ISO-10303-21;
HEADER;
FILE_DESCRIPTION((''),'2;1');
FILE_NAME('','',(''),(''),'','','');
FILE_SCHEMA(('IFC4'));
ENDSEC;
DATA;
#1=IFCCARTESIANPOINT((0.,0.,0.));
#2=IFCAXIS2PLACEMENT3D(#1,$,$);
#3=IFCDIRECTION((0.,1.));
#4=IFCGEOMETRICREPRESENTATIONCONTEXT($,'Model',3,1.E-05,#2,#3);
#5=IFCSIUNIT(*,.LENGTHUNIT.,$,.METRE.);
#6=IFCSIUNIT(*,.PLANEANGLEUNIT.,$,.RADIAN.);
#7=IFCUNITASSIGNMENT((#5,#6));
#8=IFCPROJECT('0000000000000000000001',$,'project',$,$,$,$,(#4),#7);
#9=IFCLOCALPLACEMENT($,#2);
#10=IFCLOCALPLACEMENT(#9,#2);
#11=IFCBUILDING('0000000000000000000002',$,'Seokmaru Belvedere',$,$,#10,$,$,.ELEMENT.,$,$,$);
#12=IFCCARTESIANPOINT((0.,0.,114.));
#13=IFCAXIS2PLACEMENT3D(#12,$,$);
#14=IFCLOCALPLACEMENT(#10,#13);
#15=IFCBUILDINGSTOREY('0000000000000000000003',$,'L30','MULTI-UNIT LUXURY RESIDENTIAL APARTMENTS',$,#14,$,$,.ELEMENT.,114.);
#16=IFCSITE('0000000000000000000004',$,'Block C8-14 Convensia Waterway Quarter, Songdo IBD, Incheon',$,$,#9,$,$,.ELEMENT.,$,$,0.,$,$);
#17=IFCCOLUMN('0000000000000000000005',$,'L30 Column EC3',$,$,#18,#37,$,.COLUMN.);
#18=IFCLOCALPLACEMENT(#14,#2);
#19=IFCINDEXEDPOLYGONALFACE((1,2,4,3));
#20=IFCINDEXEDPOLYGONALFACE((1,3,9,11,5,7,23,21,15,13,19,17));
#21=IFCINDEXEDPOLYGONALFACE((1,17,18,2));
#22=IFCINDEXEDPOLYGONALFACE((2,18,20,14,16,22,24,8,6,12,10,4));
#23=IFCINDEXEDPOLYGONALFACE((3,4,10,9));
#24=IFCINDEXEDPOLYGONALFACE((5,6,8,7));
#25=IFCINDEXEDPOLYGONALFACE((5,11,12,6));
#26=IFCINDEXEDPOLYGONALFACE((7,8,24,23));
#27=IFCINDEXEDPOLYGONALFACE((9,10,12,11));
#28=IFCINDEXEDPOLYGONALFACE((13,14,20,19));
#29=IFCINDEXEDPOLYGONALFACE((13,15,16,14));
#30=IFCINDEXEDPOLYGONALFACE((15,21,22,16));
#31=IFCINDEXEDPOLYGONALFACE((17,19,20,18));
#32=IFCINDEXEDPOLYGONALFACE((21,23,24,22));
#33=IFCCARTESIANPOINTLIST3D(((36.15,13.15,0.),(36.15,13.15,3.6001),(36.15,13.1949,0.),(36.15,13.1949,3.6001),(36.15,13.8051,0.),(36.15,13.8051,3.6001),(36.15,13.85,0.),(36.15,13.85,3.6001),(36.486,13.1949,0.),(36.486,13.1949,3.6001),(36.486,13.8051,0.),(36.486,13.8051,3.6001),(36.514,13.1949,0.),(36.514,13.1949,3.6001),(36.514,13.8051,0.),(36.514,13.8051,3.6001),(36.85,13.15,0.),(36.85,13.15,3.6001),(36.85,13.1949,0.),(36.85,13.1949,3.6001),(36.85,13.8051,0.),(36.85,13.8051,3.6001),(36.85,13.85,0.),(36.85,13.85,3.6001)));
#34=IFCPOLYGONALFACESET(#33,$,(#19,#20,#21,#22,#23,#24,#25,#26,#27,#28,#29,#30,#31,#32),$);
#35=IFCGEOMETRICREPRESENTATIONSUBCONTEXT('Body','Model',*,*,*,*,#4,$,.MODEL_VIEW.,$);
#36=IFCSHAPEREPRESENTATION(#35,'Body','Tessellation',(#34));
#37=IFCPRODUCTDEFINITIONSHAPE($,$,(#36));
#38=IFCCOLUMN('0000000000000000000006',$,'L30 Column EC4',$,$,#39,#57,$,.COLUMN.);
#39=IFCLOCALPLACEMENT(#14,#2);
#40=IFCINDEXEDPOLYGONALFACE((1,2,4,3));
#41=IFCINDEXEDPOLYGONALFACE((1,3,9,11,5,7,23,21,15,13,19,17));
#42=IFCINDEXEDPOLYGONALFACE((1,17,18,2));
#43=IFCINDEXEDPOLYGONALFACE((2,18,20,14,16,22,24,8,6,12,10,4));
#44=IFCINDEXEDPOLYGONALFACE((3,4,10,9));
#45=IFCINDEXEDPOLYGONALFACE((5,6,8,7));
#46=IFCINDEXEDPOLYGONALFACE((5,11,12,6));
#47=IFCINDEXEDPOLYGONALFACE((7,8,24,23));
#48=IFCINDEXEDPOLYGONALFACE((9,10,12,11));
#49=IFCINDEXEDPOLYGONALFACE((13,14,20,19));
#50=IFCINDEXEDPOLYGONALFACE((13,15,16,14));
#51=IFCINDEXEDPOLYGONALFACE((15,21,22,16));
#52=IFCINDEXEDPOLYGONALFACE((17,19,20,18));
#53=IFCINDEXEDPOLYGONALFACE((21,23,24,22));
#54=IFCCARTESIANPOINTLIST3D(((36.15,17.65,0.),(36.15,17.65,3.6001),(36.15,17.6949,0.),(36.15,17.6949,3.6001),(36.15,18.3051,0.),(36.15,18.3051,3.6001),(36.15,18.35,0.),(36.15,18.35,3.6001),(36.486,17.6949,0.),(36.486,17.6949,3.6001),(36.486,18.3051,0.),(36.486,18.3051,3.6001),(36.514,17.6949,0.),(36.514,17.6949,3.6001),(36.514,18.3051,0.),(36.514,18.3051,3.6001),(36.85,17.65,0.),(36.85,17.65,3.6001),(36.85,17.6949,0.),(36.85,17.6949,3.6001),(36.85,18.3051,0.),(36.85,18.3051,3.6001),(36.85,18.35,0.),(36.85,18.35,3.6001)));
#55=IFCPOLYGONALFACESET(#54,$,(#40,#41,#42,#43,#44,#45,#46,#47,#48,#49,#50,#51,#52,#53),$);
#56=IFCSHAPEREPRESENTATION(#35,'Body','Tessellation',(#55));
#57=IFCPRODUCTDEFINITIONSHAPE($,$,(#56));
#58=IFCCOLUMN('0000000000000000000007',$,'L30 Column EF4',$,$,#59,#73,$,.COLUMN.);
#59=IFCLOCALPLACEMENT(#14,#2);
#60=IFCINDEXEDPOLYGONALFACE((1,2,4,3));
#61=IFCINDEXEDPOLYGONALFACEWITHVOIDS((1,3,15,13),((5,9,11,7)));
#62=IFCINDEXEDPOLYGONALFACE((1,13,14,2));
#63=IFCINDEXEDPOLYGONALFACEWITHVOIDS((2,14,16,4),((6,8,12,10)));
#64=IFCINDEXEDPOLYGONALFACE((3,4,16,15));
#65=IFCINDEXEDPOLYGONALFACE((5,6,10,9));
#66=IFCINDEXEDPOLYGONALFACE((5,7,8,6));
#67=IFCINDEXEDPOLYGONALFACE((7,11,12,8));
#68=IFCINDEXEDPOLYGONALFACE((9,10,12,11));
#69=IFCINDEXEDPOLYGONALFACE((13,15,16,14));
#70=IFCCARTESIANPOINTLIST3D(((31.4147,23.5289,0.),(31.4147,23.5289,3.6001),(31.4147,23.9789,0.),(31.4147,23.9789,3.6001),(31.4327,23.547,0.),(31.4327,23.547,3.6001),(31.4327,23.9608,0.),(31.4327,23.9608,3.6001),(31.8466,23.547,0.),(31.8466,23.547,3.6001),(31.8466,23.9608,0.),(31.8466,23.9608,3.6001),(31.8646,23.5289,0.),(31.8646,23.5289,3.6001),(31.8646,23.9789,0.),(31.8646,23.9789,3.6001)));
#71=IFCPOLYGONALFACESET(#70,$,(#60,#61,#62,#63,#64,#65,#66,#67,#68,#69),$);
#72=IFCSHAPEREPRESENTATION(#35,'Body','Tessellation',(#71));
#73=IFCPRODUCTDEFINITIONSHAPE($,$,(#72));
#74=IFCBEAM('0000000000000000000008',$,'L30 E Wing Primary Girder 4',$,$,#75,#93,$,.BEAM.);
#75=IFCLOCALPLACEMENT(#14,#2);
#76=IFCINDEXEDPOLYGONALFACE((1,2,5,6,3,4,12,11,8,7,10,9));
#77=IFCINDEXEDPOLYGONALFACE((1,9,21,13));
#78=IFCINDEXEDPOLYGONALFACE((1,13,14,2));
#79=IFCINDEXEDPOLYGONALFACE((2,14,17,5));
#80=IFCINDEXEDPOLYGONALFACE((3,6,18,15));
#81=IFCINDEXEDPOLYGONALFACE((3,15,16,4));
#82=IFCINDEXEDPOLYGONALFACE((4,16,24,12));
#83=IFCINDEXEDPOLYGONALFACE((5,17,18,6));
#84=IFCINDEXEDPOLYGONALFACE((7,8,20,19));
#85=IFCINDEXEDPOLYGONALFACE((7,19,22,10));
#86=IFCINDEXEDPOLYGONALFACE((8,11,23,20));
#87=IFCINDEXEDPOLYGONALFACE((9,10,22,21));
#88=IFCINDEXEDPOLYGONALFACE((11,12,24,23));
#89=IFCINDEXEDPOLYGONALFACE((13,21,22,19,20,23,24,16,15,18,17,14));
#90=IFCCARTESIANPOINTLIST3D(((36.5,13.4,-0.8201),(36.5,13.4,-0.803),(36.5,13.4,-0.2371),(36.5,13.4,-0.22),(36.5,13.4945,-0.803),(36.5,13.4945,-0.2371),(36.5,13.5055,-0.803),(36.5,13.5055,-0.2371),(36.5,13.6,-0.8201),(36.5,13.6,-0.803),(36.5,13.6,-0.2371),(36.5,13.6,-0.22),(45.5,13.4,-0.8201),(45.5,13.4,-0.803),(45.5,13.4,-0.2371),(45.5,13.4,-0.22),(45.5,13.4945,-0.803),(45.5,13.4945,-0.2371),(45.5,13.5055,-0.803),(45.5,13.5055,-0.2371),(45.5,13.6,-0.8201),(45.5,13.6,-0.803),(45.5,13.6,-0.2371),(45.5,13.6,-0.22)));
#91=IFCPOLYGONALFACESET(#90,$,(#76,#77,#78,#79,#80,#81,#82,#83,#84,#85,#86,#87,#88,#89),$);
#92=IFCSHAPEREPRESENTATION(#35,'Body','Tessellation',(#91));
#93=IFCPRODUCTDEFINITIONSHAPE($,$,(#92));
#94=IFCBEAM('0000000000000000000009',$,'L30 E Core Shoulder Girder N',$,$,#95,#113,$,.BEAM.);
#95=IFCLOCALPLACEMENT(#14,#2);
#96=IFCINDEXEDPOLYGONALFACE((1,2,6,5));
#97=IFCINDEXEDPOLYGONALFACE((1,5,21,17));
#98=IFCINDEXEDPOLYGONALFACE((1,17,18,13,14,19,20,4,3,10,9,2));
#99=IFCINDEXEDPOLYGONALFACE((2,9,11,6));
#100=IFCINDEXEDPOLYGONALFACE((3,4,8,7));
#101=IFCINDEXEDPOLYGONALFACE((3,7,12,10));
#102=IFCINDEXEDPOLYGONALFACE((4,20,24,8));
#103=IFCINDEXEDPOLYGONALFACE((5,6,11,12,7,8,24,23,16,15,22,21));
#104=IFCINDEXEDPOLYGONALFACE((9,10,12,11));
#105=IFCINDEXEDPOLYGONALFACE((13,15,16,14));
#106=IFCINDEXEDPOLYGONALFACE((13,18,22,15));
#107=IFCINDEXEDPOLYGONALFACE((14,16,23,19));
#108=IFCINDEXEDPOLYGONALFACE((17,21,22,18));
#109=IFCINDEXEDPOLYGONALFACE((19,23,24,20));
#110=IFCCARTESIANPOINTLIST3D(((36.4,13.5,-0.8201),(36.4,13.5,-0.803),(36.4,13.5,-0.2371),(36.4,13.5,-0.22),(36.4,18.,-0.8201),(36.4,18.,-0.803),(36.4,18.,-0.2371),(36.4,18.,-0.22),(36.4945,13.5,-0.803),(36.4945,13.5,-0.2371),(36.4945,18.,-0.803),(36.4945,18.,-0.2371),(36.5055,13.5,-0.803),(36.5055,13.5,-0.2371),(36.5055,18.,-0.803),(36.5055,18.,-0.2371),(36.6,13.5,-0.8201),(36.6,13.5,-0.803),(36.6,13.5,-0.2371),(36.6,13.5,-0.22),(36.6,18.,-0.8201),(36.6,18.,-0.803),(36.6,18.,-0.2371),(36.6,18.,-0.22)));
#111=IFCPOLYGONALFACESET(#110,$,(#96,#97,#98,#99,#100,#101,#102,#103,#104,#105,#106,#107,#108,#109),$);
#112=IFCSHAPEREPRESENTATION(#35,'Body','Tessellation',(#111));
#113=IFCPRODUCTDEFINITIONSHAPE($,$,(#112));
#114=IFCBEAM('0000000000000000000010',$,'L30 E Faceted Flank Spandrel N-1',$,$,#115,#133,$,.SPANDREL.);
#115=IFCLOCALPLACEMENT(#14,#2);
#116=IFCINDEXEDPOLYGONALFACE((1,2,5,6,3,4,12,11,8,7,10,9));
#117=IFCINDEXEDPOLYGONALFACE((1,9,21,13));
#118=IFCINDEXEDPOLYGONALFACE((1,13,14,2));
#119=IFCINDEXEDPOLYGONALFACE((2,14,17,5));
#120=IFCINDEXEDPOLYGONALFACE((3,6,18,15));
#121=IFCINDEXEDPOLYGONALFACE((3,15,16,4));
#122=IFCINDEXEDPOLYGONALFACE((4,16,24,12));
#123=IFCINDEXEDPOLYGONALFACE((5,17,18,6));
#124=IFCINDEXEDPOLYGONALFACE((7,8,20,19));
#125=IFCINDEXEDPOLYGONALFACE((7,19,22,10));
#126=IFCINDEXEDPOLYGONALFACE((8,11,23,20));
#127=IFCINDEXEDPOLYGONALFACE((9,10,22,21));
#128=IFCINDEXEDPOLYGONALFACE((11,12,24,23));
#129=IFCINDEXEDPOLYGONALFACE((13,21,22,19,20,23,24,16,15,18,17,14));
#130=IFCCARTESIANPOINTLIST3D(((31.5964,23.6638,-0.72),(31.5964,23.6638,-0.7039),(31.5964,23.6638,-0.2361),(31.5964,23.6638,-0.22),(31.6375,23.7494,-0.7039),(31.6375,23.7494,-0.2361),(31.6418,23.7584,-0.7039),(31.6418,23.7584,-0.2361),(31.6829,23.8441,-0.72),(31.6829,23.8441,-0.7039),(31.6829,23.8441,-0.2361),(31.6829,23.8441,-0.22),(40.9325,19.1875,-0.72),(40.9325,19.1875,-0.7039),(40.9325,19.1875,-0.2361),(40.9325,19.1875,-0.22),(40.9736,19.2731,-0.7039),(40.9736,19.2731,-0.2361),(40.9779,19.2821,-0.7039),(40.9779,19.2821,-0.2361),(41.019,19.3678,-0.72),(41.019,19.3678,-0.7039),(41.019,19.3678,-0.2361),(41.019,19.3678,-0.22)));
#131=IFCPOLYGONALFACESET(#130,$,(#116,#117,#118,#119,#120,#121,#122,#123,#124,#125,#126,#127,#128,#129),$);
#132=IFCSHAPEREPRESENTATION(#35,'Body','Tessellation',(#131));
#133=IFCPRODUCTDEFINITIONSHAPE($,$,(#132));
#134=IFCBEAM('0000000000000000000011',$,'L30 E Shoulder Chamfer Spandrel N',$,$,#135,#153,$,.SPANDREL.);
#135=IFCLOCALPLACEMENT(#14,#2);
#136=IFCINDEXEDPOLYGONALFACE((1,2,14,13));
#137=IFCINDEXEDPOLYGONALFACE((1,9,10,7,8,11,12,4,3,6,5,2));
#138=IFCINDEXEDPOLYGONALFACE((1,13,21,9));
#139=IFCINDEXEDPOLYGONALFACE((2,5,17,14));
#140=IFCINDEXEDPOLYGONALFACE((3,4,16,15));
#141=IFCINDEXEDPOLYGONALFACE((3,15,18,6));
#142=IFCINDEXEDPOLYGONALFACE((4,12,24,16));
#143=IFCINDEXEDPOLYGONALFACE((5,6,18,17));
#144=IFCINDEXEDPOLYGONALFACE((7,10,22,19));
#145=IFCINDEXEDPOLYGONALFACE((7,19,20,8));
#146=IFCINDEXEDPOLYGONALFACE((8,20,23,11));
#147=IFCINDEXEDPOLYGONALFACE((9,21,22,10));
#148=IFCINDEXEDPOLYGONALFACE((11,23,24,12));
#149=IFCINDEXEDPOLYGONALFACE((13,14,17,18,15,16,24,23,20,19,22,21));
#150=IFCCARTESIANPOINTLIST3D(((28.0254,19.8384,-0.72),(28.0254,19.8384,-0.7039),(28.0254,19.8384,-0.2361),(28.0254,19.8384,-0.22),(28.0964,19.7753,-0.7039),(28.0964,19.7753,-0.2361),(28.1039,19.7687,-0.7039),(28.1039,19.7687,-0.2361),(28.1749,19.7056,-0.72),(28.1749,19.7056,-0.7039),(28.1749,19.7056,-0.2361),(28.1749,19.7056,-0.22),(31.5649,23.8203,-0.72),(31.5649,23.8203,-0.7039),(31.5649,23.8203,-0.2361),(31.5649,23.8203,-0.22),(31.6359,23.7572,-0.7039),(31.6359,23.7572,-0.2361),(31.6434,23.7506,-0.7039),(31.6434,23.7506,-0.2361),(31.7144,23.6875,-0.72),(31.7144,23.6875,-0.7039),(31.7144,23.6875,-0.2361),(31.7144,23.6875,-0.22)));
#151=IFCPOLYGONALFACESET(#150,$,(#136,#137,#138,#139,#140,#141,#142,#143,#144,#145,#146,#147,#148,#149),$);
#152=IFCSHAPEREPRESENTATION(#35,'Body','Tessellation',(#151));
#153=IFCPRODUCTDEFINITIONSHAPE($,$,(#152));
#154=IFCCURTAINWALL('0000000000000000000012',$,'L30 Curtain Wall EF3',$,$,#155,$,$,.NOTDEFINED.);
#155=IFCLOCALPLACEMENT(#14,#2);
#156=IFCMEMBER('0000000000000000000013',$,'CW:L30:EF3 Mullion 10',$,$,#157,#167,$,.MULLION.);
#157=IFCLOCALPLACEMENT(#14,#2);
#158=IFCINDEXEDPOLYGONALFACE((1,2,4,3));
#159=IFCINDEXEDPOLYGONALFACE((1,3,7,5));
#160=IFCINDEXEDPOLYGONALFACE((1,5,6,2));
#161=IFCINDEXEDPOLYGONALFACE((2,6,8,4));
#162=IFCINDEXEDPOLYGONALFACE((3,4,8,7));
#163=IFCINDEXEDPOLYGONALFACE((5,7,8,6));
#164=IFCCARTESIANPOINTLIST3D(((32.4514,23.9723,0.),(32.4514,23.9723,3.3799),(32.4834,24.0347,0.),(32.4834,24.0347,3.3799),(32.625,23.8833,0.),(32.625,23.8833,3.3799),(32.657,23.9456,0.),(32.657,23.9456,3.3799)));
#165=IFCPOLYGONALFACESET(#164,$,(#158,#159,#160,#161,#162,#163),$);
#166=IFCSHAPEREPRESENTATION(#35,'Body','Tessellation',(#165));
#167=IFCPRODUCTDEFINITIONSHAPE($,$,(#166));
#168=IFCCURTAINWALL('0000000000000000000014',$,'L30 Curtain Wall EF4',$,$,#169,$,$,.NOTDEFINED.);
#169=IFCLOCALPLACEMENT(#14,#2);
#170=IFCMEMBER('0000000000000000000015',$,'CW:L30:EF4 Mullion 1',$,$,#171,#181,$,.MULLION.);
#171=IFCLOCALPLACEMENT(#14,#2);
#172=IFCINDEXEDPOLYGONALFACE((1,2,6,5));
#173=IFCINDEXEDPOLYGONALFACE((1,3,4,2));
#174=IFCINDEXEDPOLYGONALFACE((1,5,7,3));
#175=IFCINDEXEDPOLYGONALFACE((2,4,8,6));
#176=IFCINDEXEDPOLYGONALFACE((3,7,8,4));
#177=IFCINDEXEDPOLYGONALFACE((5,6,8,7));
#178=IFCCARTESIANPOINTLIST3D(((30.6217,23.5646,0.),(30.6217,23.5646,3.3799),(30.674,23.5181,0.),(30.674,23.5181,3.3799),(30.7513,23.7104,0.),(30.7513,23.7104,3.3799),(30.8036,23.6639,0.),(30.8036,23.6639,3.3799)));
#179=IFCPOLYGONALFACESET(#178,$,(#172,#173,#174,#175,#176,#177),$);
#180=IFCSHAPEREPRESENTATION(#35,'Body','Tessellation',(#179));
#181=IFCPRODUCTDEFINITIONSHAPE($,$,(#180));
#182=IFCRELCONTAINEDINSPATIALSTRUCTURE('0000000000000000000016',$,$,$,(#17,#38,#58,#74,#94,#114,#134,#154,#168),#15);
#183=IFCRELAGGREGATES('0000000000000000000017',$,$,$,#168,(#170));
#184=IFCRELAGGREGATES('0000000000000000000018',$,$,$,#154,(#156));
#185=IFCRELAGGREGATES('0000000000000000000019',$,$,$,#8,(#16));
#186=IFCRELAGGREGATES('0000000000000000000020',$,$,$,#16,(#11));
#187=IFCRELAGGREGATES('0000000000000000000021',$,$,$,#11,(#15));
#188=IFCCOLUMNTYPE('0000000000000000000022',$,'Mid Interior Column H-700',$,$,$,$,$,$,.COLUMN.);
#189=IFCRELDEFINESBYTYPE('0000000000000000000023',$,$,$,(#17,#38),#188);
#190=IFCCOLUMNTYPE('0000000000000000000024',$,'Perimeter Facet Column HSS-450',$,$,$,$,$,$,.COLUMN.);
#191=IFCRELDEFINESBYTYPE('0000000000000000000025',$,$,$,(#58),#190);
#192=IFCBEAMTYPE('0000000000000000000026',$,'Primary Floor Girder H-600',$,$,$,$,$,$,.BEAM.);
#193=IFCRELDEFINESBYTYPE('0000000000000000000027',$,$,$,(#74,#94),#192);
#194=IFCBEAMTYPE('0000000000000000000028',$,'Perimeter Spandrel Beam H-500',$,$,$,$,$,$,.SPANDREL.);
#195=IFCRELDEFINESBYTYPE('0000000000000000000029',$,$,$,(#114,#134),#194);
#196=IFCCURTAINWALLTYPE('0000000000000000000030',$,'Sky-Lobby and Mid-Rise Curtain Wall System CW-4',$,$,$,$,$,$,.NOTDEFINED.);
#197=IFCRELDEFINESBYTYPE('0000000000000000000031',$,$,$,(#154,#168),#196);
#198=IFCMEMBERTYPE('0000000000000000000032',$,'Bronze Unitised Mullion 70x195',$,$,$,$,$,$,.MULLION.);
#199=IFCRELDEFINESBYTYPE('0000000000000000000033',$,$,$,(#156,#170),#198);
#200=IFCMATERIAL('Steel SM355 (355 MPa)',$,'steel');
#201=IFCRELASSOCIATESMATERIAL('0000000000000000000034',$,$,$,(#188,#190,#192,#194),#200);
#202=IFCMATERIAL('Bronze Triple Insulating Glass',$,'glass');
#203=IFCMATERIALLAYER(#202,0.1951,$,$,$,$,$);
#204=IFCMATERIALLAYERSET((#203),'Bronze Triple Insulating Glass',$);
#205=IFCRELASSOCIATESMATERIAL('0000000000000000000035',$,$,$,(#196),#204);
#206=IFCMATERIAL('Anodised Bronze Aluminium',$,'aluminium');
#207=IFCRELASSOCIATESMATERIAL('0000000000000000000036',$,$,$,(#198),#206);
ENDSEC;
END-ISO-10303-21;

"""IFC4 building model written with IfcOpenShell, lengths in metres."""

from ifc_helpers import new_model, si_unit, direction, frame, origin, origin_2d, place, context, subcontext, project, spatial, rectangle, hollow_rectangle, i_section, extrude, source, transform, mapped, material, layer, layer_set, material_profile, profile_set, type_object, type_shapes, element, aggregate, save


model = new_model("IFC4")

# Units and contexts
model_context = context("Model", 3, precision=1e-05, world=origin(), true_north=direction((0.0, 1.0)))
body_context = subcontext(model_context, "Body", "Model", "MODEL_VIEW")
ifc_project = project(units=[si_unit("LENGTHUNIT", "METRE"), si_unit("PLANEANGLEUNIT", "RADIAN")], contexts=[model_context])

# Site, building, storey
site_placement = place(None, origin())
site = spatial("IfcSite", under=ifc_project, at=site_placement, Name="Block C8-14 Convensia Waterway Quarter, Songdo IBD, Incheon", CompositionType="ELEMENT", RefElevation=0.0)
building_placement = place(site_placement, origin())
building = spatial("IfcBuilding", under=site, at=building_placement, Name="Seokmaru Belvedere", CompositionType="ELEMENT")
storey_placement = place(building_placement, frame((0.0, 0.0, 114.0)))
storey = spatial("IfcBuildingStorey", under=building, at=storey_placement, Name="L30", Description="MULTI-UNIT LUXURY RESIDENTIAL APARTMENTS", CompositionType="ELEMENT", Elevation=114.0)

# Columns
ifc_material_1 = material(Name="Steel SM355 (355 MPa)", Category="steel")
ifc_material_profile_1 = material_profile(ifc_material_1, i_section(OverallWidth=0.7, OverallDepth=0.7, WebThickness=0.0281, FlangeThickness=0.0449, at=origin_2d()), Name="H-700x700x28x45")
ifc_profile_set_1 = profile_set([ifc_material_profile_1], Name="Steel SM355 (355 MPa)")
column_type_1 = type_object("IfcColumnType", Name="Mid Interior Column H-700", PredefinedType="COLUMN", material=ifc_profile_set_1)
shared_shape_1 = source(origin(), body_context, "Body", "SweptSolid", [
    extrude(i_section(OverallWidth=0.7, OverallDepth=0.7, WebThickness=0.0281, FlangeThickness=0.0449, at=origin_2d()), origin(), (0.0, 0.0, 1.0), 3.6001),
])
type_shapes(column_type_1, [shared_shape_1])
for number, where, z_axis, x_axis, name in (
    (1, (36.5, 13.5, 0.0), (0.0, 0.0, 1.0), (1.0, 0.0, 0.0), "L30 Column EC3"),
    (2, (36.5, 18.0, 0.0), (0.0, 0.0, 1.0), (1.0, 0.0, 0.0), "L30 Column EC4"),
):
    element("IfcColumn", number, at=place(storey_placement, frame(where, z_axis=z_axis, x_axis=x_axis)), inside=storey, type_object=column_type_1, Name=name, PredefinedType="COLUMN", context=body_context, shape_type="MappedRepresentation", body=[
        mapped(shared_shape_1, transform((0.0, 0.0, 0.0), scale=1.0)),
    ])
ifc_material_profile_2 = material_profile(ifc_material_1, hollow_rectangle(XDim=0.45, YDim=0.45, WallThickness=0.0181, at=origin_2d()), Name="HSS-450x450x18")
ifc_profile_set_2 = profile_set([ifc_material_profile_2], Name="Steel SM355 (355 MPa)")
column_type_2 = type_object("IfcColumnType", Name="Perimeter Facet Column HSS-450", PredefinedType="COLUMN", material=ifc_profile_set_2)
shared_shape_2 = source(origin(), body_context, "Body", "SweptSolid", [
    extrude(hollow_rectangle(XDim=0.45, YDim=0.45, WallThickness=0.0181, at=origin_2d()), origin(), (0.0, 0.0, 1.0), 3.6001),
])
type_shapes(column_type_2, [shared_shape_2])
column_placement = place(storey_placement, frame((31.6396, 23.7539, 0.0), z_axis=(0.0, 0.0, 1.0), x_axis=(1.0, 0.0, 0.0)))
element("IfcColumn", 3, at=column_placement, inside=storey, type_object=column_type_2, Name="L30 Column EF4", PredefinedType="COLUMN", context=body_context, shape_type="MappedRepresentation", body=[
    mapped(shared_shape_2, transform((0.0, 0.0, 0.0), scale=1.0)),
])

# Beams
ifc_material_profile_3 = material_profile(ifc_material_1, i_section(OverallWidth=0.2, OverallDepth=0.6001, WebThickness=0.011, FlangeThickness=0.0171, at=origin_2d()), Name="H-600x200x11x17")
ifc_profile_set_3 = profile_set([ifc_material_profile_3], Name="Steel SM355 (355 MPa)")
beam_type_1 = type_object("IfcBeamType", Name="Primary Floor Girder H-600", PredefinedType="BEAM", material=ifc_profile_set_3)
shared_shape_3 = source(origin(), body_context, "Body", "SweptSolid", [
    extrude(i_section(OverallWidth=0.2, OverallDepth=0.6001, WebThickness=0.011, FlangeThickness=0.0171, at=origin_2d()), origin(), (0.0, 0.0, 1.0), 9.0),
])
beam_1_placement = place(storey_placement, frame((36.5, 13.5, -0.52), z_axis=(1.0, 0.0, 0.0), x_axis=(0.0, 1.0, 0.0)))
element("IfcBeam", 4, at=beam_1_placement, inside=storey, type_object=beam_type_1, Name="L30 E Wing Primary Girder 4", PredefinedType="BEAM", context=body_context, shape_type="MappedRepresentation", body=[
    mapped(shared_shape_3, transform((0.0, 0.0, 0.0), scale=1.0)),
])
shared_shape_4 = source(origin(), body_context, "Body", "SweptSolid", [
    extrude(i_section(OverallWidth=0.2, OverallDepth=0.6001, WebThickness=0.011, FlangeThickness=0.0171, at=origin_2d()), origin(), (0.0, 0.0, 1.0), 4.5),
])
type_shapes(beam_type_1, [shared_shape_3, shared_shape_4])
beam_2_placement = place(storey_placement, frame((36.5, 13.5, -0.52), z_axis=(0.0, 1.0, 0.0), x_axis=(-1.0, 0.0, 0.0)))
element("IfcBeam", 5, at=beam_2_placement, inside=storey, type_object=beam_type_1, Name="L30 E Core Shoulder Girder N", PredefinedType="BEAM", context=body_context, shape_type="MappedRepresentation", body=[
    mapped(shared_shape_4, transform((0.0, 0.0, 0.0), scale=1.0)),
])
ifc_material_profile_4 = material_profile(ifc_material_1, i_section(OverallWidth=0.2, OverallDepth=0.5, WebThickness=0.01, FlangeThickness=0.0161, at=origin_2d()), Name="H-500x200x10x16")
ifc_profile_set_4 = profile_set([ifc_material_profile_4], Name="Steel SM355 (355 MPa)")
beam_type_2 = type_object("IfcBeamType", Name="Perimeter Spandrel Beam H-500", PredefinedType="SPANDREL", material=ifc_profile_set_4)
shared_shape_5 = source(origin(), body_context, "Body", "SweptSolid", [
    extrude(i_section(OverallWidth=0.2, OverallDepth=0.5, WebThickness=0.01, FlangeThickness=0.0161, at=origin_2d()), origin(), (0.0, 0.0, 1.0), 10.3538),
])
beam_3_placement = place(storey_placement, frame((31.6396, 23.7539, -0.47), z_axis=(0.901713, -0.432335, 0.0), x_axis=(0.432335, 0.901713, 0.0)))
element("IfcBeam", 6, at=beam_3_placement, inside=storey, type_object=beam_type_2, Name="L30 E Faceted Flank Spandrel N-1", PredefinedType="SPANDREL", context=body_context, shape_type="MappedRepresentation", body=[
    mapped(shared_shape_5, transform((0.0, 0.0, 0.0), scale=1.0)),
])
shared_shape_6 = source(origin(), body_context, "Body", "SweptSolid", [
    extrude(i_section(OverallWidth=0.2, OverallDepth=0.5, WebThickness=0.01, FlangeThickness=0.0161, at=origin_2d()), origin(), (0.0, 0.0, 1.0), 5.3276),
])
type_shapes(beam_type_2, [shared_shape_5, shared_shape_6])
beam_4_placement = place(storey_placement, frame((31.6396, 23.7539, -0.47), z_axis=(-0.66437, -0.747404, 0.0), x_axis=(0.747404, -0.66437, 0.0)))
element("IfcBeam", 7, at=beam_4_placement, inside=storey, type_object=beam_type_2, Name="L30 E Shoulder Chamfer Spandrel N", PredefinedType="SPANDREL", context=body_context, shape_type="MappedRepresentation", body=[
    mapped(shared_shape_6, transform((0.0, 0.0, 0.0), scale=1.0)),
])

# Curtain wall, member
ifc_material_2 = material(Name="Bronze Triple Insulating Glass", Category="glass")
ifc_layer_1 = layer(ifc_material_2, 0.1951)
ifc_layer_set_1 = layer_set([ifc_layer_1], Name="Bronze Triple Insulating Glass")
curtain_wall_type = type_object("IfcCurtainWallType", Name="Sky-Lobby and Mid-Rise Curtain Wall System CW-4", PredefinedType="NOTDEFINED", material=ifc_layer_set_1)
curtain_wall_1_placement = place(storey_placement, origin())
curtain_wall_1 = element("IfcCurtainWall", 8, at=curtain_wall_1_placement, inside=storey, type_object=curtain_wall_type, Name="L30 Curtain Wall EF3", PredefinedType="NOTDEFINED")
ifc_material_3 = material(Name="Anodised Bronze Aluminium", Category="aluminium")
ifc_material_profile_5 = material_profile(ifc_material_3, rectangle(XDim=0.0701, YDim=0.1951, at=origin_2d()), Name="CW-M-70x195")
ifc_profile_set_5 = profile_set([ifc_material_profile_5], Name="Anodised Bronze Aluminium")
member_type_1 = type_object("IfcMemberType", Name="Bronze Unitised Mullion 70x195", PredefinedType="MULLION", material=ifc_profile_set_5)
shared_shape_7 = source(origin(), body_context, "Body", "SweptSolid", [
    extrude(rectangle(XDim=0.0701, YDim=0.1951, at=origin_2d()), origin(), (0.0, 0.0, 1.0), 3.3799),
])
type_shapes(member_type_1, [shared_shape_7])
member_1_placement = place(storey_placement, frame((32.5542, 23.959, 0.0), z_axis=(0.0, 0.0, 1.0), x_axis=(-0.456555, -0.889695, 0.0)))
member_1 = element("IfcMember", 9, at=member_1_placement, type_object=member_type_1, Name="CW:L30:EF3 Mullion 10", PredefinedType="MULLION", context=body_context, shape_type="MappedRepresentation", body=[
    mapped(shared_shape_7, transform((0.0, 0.0, 0.0), scale=1.0)),
])

# Curtain wall, member
curtain_wall_2_placement = place(storey_placement, origin())
curtain_wall_2 = element("IfcCurtainWall", 10, at=curtain_wall_2_placement, inside=storey, type_object=curtain_wall_type, Name="L30 Curtain Wall EF4", PredefinedType="NOTDEFINED")
member_2_placement = place(storey_placement, frame((30.7126, 23.6143, 0.0), z_axis=(0.0, 0.0, 1.0), x_axis=(0.74741, -0.664363, 0.0)))
member_2 = element("IfcMember", 11, at=member_2_placement, type_object=member_type_1, Name="CW:L30:EF4 Mullion 1", PredefinedType="MULLION", context=body_context, shape_type="MappedRepresentation", body=[
    mapped(shared_shape_7, transform((0.0, 0.0, 0.0), scale=1.0)),
])
aggregate(curtain_wall_2, [member_2])

aggregate(curtain_wall_1, [member_1])

save(model, "model.ifc")
